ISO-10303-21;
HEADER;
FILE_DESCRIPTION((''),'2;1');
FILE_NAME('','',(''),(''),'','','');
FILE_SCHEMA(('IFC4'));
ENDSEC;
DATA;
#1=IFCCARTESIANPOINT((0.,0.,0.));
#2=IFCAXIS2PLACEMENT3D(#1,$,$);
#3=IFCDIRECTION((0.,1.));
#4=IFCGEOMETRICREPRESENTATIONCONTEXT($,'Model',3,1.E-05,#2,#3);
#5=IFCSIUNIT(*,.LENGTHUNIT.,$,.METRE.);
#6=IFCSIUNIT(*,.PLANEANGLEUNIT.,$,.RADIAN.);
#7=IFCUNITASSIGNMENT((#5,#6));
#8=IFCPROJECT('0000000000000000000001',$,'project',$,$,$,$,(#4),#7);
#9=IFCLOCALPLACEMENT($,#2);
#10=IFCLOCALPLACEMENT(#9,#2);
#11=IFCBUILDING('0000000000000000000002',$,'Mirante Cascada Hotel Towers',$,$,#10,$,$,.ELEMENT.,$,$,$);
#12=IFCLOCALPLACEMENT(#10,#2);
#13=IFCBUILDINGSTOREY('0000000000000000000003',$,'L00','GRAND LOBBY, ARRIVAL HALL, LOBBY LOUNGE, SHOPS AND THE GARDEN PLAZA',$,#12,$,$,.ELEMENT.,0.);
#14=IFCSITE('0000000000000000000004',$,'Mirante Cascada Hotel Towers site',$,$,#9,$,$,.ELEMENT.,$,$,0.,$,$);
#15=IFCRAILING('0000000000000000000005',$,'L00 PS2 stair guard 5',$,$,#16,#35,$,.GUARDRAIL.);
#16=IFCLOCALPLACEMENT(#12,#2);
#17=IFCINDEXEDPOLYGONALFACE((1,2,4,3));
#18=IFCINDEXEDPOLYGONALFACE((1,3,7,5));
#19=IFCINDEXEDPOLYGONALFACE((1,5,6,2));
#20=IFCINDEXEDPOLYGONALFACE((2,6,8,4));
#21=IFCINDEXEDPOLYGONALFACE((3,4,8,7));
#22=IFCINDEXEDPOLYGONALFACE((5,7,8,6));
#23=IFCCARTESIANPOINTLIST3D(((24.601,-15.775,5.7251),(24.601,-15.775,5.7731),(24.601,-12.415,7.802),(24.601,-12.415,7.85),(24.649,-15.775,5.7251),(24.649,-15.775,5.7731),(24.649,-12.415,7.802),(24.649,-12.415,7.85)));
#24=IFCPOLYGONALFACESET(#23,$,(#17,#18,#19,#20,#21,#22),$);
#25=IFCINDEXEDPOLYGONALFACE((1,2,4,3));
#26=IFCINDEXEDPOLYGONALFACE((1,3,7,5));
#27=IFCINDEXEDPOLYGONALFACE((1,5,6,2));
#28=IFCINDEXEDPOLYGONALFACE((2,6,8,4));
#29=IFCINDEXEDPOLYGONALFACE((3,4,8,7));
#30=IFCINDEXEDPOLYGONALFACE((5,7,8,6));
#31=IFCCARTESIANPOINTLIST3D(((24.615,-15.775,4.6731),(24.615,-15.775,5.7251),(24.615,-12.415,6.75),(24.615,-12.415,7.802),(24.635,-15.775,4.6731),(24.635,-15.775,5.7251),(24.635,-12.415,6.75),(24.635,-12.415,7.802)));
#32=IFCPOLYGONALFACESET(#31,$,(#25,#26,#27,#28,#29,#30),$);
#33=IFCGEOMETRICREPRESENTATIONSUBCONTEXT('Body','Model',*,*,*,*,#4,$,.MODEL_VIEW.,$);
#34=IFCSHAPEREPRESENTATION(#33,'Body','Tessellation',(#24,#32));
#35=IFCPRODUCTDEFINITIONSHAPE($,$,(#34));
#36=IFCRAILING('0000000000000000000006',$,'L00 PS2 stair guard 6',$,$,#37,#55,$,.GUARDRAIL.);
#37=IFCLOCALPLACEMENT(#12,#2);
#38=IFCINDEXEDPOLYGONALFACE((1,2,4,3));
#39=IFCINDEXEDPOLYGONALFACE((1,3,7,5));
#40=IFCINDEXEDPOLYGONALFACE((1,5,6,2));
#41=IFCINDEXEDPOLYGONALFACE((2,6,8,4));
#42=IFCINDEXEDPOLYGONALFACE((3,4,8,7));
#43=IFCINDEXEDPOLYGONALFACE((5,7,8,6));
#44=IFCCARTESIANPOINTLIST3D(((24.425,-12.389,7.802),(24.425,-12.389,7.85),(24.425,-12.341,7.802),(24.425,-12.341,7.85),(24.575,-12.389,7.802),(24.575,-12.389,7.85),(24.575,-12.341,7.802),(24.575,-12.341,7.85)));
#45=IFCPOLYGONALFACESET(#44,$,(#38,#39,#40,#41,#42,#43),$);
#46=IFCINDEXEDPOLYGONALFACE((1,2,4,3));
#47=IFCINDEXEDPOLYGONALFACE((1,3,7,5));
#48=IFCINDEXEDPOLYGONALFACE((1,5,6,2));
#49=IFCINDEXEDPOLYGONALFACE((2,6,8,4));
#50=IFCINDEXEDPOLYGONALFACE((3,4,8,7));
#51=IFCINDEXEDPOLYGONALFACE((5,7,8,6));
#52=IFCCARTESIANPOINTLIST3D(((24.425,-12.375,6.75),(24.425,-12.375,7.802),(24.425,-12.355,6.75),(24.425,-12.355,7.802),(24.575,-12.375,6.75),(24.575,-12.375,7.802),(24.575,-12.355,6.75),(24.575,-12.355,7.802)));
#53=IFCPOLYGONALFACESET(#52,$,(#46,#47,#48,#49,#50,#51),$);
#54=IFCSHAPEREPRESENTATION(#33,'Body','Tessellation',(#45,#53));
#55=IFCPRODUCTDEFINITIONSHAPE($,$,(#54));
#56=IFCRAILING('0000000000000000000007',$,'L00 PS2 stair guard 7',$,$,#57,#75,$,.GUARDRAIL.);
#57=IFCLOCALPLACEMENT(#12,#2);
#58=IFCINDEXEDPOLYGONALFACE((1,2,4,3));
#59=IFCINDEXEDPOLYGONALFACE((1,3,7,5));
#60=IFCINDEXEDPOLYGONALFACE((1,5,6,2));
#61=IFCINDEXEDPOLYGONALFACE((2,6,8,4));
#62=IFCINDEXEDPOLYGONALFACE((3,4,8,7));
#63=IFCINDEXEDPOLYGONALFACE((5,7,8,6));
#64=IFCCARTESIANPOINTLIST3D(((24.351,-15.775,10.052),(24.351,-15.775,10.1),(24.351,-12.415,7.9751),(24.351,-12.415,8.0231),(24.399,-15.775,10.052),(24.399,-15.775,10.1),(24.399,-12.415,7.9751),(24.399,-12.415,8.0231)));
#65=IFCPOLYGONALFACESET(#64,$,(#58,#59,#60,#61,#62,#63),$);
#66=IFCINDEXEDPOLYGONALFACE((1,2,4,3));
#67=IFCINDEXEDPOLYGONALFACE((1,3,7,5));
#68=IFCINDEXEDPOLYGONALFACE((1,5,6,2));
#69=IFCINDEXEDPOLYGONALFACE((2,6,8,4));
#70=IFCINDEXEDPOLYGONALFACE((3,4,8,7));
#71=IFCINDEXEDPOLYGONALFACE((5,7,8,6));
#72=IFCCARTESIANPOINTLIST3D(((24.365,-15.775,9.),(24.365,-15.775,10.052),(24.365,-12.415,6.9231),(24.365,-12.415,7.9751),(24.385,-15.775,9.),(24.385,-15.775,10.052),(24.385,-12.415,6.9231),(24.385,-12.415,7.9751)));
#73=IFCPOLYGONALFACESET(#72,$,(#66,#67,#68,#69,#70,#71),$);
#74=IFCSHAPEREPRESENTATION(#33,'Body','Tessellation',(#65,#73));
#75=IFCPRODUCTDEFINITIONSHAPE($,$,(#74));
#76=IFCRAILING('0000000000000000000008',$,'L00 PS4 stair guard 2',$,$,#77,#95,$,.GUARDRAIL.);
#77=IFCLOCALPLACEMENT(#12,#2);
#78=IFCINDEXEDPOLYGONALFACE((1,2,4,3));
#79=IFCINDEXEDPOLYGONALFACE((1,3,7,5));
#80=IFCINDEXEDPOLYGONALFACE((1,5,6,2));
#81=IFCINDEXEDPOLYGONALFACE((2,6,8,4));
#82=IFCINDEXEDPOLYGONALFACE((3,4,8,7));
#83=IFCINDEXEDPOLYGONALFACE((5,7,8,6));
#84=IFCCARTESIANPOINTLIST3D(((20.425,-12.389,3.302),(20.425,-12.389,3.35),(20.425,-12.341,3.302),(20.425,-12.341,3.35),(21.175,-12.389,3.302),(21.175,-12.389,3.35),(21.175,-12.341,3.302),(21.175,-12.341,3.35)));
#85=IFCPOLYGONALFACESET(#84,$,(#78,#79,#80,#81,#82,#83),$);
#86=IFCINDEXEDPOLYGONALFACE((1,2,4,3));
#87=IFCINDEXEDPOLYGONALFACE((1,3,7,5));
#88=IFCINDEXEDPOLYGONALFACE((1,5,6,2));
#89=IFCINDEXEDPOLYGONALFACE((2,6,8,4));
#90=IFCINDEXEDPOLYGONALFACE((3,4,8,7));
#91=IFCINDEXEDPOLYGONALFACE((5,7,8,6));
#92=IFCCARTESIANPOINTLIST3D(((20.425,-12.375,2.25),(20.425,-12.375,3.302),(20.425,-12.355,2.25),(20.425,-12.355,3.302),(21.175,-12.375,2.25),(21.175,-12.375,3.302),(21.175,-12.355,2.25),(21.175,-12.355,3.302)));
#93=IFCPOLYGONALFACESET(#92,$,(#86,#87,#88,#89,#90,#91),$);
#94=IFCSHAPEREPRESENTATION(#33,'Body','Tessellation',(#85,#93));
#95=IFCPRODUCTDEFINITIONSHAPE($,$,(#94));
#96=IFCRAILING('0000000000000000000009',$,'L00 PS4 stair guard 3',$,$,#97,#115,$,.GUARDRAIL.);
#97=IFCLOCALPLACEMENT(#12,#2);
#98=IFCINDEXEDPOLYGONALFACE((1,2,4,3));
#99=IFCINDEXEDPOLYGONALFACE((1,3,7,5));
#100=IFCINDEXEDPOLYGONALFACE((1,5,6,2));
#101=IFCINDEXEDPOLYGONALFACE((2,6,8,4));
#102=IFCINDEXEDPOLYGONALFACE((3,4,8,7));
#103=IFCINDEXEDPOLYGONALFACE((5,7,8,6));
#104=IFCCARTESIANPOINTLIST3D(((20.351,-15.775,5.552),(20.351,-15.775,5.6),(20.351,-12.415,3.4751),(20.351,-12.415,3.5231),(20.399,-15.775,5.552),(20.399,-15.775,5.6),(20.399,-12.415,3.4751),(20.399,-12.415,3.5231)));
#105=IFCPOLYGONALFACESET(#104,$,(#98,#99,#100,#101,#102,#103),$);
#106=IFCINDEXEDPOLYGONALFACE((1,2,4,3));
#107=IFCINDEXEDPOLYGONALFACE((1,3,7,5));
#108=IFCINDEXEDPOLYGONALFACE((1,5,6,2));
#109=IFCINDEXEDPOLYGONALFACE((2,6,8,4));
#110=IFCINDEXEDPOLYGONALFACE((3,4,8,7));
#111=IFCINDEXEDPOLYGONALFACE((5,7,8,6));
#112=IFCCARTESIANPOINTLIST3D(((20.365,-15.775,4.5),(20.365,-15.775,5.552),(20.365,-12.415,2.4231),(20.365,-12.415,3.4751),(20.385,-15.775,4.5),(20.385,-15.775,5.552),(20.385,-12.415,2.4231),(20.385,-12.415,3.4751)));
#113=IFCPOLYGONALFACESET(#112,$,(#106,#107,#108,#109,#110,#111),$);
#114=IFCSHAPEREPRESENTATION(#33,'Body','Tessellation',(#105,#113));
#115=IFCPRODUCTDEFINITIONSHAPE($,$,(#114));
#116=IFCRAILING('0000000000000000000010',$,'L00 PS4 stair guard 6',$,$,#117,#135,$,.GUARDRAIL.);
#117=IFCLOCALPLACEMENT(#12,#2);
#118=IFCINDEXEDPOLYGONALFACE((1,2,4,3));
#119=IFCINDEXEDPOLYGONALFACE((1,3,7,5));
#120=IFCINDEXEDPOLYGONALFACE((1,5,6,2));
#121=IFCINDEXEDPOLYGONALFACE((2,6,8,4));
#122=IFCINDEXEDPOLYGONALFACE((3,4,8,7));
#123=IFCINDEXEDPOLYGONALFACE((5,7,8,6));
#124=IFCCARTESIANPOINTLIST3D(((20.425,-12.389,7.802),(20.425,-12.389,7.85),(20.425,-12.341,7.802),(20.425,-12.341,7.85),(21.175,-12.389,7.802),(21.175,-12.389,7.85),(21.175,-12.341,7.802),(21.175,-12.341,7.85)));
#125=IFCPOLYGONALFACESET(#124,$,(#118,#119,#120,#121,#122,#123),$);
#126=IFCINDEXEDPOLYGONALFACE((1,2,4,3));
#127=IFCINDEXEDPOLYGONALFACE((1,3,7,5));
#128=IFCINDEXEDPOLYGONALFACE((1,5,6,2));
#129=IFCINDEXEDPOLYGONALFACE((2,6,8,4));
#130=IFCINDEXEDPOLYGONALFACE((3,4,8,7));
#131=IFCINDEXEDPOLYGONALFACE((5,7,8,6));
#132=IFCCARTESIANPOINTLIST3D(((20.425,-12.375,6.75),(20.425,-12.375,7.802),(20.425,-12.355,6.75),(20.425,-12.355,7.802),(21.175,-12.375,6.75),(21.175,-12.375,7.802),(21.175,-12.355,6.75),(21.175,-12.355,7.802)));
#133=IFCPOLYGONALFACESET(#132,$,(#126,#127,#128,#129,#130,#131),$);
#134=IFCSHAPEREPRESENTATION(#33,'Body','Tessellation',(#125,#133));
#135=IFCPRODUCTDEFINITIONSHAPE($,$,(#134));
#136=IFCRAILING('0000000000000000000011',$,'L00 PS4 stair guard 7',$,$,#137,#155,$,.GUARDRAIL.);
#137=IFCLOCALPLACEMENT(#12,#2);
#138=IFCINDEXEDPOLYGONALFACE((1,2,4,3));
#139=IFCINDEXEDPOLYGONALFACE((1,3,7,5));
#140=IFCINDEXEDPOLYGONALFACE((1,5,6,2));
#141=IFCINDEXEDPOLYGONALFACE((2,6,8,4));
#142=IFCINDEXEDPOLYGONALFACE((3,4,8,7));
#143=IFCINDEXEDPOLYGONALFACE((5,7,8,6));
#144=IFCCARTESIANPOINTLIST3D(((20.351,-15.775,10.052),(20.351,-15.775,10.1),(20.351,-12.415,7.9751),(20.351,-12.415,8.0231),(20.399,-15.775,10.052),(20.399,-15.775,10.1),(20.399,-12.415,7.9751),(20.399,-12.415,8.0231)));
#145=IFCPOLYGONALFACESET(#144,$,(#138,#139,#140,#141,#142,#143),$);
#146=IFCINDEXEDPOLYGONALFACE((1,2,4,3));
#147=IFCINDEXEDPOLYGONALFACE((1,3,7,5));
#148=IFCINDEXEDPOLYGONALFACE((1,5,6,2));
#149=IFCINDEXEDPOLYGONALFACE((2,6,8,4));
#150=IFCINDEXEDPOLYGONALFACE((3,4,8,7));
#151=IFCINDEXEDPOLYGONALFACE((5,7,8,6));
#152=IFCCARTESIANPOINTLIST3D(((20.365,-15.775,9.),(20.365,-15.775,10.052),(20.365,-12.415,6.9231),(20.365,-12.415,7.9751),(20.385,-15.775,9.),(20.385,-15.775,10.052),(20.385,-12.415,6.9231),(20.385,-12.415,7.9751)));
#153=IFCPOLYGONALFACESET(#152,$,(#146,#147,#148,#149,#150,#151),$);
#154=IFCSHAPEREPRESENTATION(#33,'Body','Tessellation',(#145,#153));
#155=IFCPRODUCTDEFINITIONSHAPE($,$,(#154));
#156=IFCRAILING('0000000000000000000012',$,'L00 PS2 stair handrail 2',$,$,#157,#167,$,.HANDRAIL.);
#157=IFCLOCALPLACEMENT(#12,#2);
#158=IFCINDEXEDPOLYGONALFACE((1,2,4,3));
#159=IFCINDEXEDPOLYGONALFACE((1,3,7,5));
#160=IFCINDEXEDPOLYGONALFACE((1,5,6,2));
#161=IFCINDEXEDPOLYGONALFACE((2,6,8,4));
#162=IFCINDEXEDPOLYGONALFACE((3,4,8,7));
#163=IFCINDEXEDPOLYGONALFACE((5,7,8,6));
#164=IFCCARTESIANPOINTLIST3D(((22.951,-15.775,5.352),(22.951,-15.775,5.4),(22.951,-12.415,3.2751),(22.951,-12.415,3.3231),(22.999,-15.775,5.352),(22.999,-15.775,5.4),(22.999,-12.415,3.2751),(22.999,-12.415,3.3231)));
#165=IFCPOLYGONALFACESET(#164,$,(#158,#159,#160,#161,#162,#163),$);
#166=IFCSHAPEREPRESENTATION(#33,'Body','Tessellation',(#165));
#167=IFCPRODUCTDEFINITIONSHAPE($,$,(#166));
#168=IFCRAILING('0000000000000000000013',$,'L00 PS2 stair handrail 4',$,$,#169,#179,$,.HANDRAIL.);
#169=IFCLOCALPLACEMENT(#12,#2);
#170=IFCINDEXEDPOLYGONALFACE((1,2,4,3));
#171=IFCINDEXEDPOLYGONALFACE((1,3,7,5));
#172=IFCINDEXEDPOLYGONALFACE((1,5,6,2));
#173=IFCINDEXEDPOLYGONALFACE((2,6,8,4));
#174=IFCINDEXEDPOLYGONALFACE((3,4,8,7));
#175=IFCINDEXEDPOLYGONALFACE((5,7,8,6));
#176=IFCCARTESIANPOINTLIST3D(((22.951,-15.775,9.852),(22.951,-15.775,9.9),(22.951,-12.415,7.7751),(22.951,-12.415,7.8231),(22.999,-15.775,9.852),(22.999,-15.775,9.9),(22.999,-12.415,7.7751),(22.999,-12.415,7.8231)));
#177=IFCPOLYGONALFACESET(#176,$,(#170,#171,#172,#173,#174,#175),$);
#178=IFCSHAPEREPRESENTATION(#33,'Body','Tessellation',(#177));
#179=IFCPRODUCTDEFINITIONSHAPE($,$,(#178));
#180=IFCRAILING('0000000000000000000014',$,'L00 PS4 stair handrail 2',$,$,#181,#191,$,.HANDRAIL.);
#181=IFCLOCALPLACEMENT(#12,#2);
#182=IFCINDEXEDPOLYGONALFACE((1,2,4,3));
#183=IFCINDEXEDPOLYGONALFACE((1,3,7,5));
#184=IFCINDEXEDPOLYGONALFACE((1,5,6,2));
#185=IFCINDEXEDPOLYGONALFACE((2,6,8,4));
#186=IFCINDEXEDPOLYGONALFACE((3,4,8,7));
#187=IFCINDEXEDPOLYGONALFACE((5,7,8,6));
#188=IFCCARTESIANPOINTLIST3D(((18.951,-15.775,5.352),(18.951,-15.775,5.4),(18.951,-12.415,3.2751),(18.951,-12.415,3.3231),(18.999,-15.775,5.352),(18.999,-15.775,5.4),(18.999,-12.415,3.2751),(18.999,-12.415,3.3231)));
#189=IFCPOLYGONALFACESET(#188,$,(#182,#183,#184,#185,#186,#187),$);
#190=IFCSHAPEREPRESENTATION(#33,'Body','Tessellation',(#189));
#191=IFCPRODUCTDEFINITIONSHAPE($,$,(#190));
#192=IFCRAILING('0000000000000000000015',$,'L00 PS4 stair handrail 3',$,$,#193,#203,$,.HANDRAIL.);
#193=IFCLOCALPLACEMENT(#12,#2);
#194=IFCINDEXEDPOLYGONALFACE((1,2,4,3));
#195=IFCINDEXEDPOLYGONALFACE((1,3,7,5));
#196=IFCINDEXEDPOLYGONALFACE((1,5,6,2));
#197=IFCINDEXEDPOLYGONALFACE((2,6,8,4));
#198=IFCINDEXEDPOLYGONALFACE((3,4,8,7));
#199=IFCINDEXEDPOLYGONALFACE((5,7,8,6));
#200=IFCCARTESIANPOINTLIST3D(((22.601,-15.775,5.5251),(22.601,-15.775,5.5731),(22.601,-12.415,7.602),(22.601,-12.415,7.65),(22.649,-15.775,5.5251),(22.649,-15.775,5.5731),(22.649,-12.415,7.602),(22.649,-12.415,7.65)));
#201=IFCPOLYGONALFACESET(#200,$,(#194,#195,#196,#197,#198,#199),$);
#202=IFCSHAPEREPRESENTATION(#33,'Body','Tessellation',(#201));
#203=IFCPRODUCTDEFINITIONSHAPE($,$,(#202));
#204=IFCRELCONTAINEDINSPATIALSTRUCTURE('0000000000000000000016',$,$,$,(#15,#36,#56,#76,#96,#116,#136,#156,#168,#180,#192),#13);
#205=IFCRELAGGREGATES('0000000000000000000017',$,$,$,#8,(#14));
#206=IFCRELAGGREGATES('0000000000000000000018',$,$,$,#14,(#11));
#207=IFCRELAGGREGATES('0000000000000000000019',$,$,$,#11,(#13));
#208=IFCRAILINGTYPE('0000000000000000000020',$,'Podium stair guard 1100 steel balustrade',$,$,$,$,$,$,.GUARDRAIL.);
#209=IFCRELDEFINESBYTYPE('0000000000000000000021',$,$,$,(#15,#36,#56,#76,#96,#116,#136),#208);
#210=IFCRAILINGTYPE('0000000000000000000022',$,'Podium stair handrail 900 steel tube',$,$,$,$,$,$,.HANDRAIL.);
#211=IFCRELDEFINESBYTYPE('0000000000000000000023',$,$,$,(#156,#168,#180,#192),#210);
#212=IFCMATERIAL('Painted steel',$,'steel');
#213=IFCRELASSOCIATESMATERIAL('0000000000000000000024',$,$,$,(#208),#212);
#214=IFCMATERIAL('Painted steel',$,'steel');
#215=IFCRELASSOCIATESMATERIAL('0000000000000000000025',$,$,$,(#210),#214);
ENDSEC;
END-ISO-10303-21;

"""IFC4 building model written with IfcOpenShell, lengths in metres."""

from ifc_helpers import new_model, si_unit, direction, frame, origin, origin_2d, place, context, subcontext, project, spatial, rectangle, extrude, material, type_object, element, save


model = new_model("IFC4")

# Units and contexts
model_context = context("Model", 3, precision=1e-05, world=origin(), true_north=direction((0.0, 1.0)))
body_context = subcontext(model_context, "Body", "Model", "MODEL_VIEW")
ifc_project = project(units=[si_unit("LENGTHUNIT", "METRE"), si_unit("PLANEANGLEUNIT", "RADIAN")], contexts=[model_context])

# Site, building, storey
site_placement = place(None, origin())
site = spatial("IfcSite", under=ifc_project, at=site_placement, Name="Mirante Cascada Hotel Towers site", CompositionType="ELEMENT", RefElevation=0.0)
building_placement = place(site_placement, origin())
building = spatial("IfcBuilding", under=site, at=building_placement, Name="Mirante Cascada Hotel Towers", CompositionType="ELEMENT")
storey_placement = place(building_placement, origin())
storey = spatial("IfcBuildingStorey", under=building, at=storey_placement, Name="L00", Description="GRAND LOBBY, ARRIVAL HALL, LOBBY LOUNGE, SHOPS AND THE GARDEN PLAZA", CompositionType="ELEMENT", Elevation=0.0)

# Railings
ifc_material_1 = material(Name="Painted steel", Category="steel")
railing_type_1 = type_object("IfcRailingType", Name="Podium stair guard 1100 steel balustrade", PredefinedType="GUARDRAIL", material=ifc_material_1)
railing_1_placement = place(storey_placement, frame((24.625, -15.775, 4.6731)))
element("IfcRailing", 1, at=railing_1_placement, inside=storey, type_object=railing_type_1, Name="L00 PS2 stair guard 5", PredefinedType="GUARDRAIL", context=body_context, shape_type="SweptSolid", body=[
    extrude(rectangle(XDim=0.048, YDim=0.048, at=origin_2d()), frame((0.0, 0.0, 1.076), z_axis=(0.0, 1.0, 0.0), x_axis=(-1.0, 0.0, 0.0)), (0.0, 0.525787, 0.850616), 3.9501),
    extrude(rectangle(XDim=0.02, YDim=1.052, at=origin_2d()), frame((0.0, 0.0, 0.526), z_axis=(0.0, 1.0, 0.0), x_axis=(-1.0, 0.0, 0.0)), (0.0, 0.525787, 0.850616), 3.9501),
])
railing_2_placement = place(storey_placement, frame((24.575, -12.365, 6.75)))
element("IfcRailing", 2, at=railing_2_placement, inside=storey, type_object=railing_type_1, Name="L00 PS2 stair guard 6", PredefinedType="GUARDRAIL", context=body_context, shape_type="SweptSolid", body=[
    extrude(rectangle(XDim=0.048, YDim=0.048, at=origin_2d()), frame((0.0, 0.0, 1.076), z_axis=(-1.0, 0.0, 0.0), x_axis=(0.0, -1.0, 0.0)), (0.0, 0.0, 1.0), 0.15),
    extrude(rectangle(XDim=0.02, YDim=1.052, at=origin_2d()), frame((0.0, 0.0, 0.526), z_axis=(-1.0, 0.0, 0.0), x_axis=(0.0, -1.0, 0.0)), (0.0, 0.0, 1.0), 0.15),
])
railing_3_placement = place(storey_placement, frame((24.375, -12.415, 6.9231)))
element("IfcRailing", 3, at=railing_3_placement, inside=storey, type_object=railing_type_1, Name="L00 PS2 stair guard 7", PredefinedType="GUARDRAIL", context=body_context, shape_type="SweptSolid", body=[
    extrude(rectangle(XDim=0.048, YDim=0.048, at=origin_2d()), frame((0.0, 0.0, 1.076), z_axis=(0.0, -1.0, 0.0), x_axis=(1.0, 0.0, 0.0)), (0.0, 0.525787, 0.850616), 3.9501),
    extrude(rectangle(XDim=0.02, YDim=1.052, at=origin_2d()), frame((0.0, 0.0, 0.526), z_axis=(0.0, -1.0, 0.0), x_axis=(1.0, 0.0, 0.0)), (0.0, 0.525787, 0.850616), 3.9501),
])
railing_4_placement = place(storey_placement, frame((21.175, -12.365, 2.25)))
element("IfcRailing", 4, at=railing_4_placement, inside=storey, type_object=railing_type_1, Name="L00 PS4 stair guard 2", PredefinedType="GUARDRAIL", context=body_context, shape_type="SweptSolid", body=[
    extrude(rectangle(XDim=0.048, YDim=0.048, at=origin_2d()), frame((0.0, 0.0, 1.076), z_axis=(-1.0, 0.0, 0.0), x_axis=(0.0, -1.0, 0.0)), (0.0, 0.0, 1.0), 0.75),
    extrude(rectangle(XDim=0.02, YDim=1.052, at=origin_2d()), frame((0.0, 0.0, 0.526), z_axis=(-1.0, 0.0, 0.0), x_axis=(0.0, -1.0, 0.0)), (0.0, 0.0, 1.0), 0.75),
])
railing_5_placement = place(storey_placement, frame((20.375, -12.415, 2.4231)))
element("IfcRailing", 5, at=railing_5_placement, inside=storey, type_object=railing_type_1, Name="L00 PS4 stair guard 3", PredefinedType="GUARDRAIL", context=body_context, shape_type="SweptSolid", body=[
    extrude(rectangle(XDim=0.048, YDim=0.048, at=origin_2d()), frame((0.0, 0.0, 1.076), z_axis=(0.0, -1.0, 0.0), x_axis=(1.0, 0.0, 0.0)), (0.0, 0.525787, 0.850616), 3.9501),
    extrude(rectangle(XDim=0.02, YDim=1.052, at=origin_2d()), frame((0.0, 0.0, 0.526), z_axis=(0.0, -1.0, 0.0), x_axis=(1.0, 0.0, 0.0)), (0.0, 0.525787, 0.850616), 3.9501),
])
railing_6_placement = place(storey_placement, frame((21.175, -12.365, 6.75)))
element("IfcRailing", 6, at=railing_6_placement, inside=storey, type_object=railing_type_1, Name="L00 PS4 stair guard 6", PredefinedType="GUARDRAIL", context=body_context, shape_type="SweptSolid", body=[
    extrude(rectangle(XDim=0.048, YDim=0.048, at=origin_2d()), frame((0.0, 0.0, 1.076), z_axis=(-1.0, 0.0, 0.0), x_axis=(0.0, -1.0, 0.0)), (0.0, 0.0, 1.0), 0.75),
    extrude(rectangle(XDim=0.02, YDim=1.052, at=origin_2d()), frame((0.0, 0.0, 0.526), z_axis=(-1.0, 0.0, 0.0), x_axis=(0.0, -1.0, 0.0)), (0.0, 0.0, 1.0), 0.75),
])
railing_7_placement = place(storey_placement, frame((20.375, -12.415, 6.9231)))
element("IfcRailing", 7, at=railing_7_placement, inside=storey, type_object=railing_type_1, Name="L00 PS4 stair guard 7", PredefinedType="GUARDRAIL", context=body_context, shape_type="SweptSolid", body=[
    extrude(rectangle(XDim=0.048, YDim=0.048, at=origin_2d()), frame((0.0, 0.0, 1.076), z_axis=(0.0, -1.0, 0.0), x_axis=(1.0, 0.0, 0.0)), (0.0, 0.525787, 0.850616), 3.9501),
    extrude(rectangle(XDim=0.02, YDim=1.052, at=origin_2d()), frame((0.0, 0.0, 0.526), z_axis=(0.0, -1.0, 0.0), x_axis=(1.0, 0.0, 0.0)), (0.0, 0.525787, 0.850616), 3.9501),
])
ifc_material_2 = material(Name="Painted steel", Category="steel")
railing_type_2 = type_object("IfcRailingType", Name="Podium stair handrail 900 steel tube", PredefinedType="HANDRAIL", material=ifc_material_2)
for number, where, name in (
    (8, (22.975, -12.415, 2.4231), "L00 PS2 stair handrail 2"),
    (9, (22.975, -12.415, 6.9231), "L00 PS2 stair handrail 4"),
    (10, (18.975, -12.415, 2.4231), "L00 PS4 stair handrail 2"),
):
    element("IfcRailing", number, at=place(storey_placement, frame(where)), inside=storey, type_object=railing_type_2, Name=name, PredefinedType="HANDRAIL", context=body_context, shape_type="SweptSolid", body=[
        extrude(rectangle(XDim=0.048, YDim=0.048, at=origin_2d()), frame((0.0, 0.0, 0.876), z_axis=(0.0, -1.0, 0.0), x_axis=(1.0, 0.0, 0.0)), (0.0, 0.525787, 0.850616), 3.9501),
    ])
railing_8_placement = place(storey_placement, frame((22.625, -15.775, 4.6731)))
element("IfcRailing", 11, at=railing_8_placement, inside=storey, type_object=railing_type_2, Name="L00 PS4 stair handrail 3", PredefinedType="HANDRAIL", context=body_context, shape_type="SweptSolid", body=[
    extrude(rectangle(XDim=0.048, YDim=0.048, at=origin_2d()), frame((0.0, 0.0, 0.876), z_axis=(0.0, 1.0, 0.0), x_axis=(-1.0, 0.0, 0.0)), (0.0, 0.525787, 0.850616), 3.9501),
])

save(model, "model.ifc")
